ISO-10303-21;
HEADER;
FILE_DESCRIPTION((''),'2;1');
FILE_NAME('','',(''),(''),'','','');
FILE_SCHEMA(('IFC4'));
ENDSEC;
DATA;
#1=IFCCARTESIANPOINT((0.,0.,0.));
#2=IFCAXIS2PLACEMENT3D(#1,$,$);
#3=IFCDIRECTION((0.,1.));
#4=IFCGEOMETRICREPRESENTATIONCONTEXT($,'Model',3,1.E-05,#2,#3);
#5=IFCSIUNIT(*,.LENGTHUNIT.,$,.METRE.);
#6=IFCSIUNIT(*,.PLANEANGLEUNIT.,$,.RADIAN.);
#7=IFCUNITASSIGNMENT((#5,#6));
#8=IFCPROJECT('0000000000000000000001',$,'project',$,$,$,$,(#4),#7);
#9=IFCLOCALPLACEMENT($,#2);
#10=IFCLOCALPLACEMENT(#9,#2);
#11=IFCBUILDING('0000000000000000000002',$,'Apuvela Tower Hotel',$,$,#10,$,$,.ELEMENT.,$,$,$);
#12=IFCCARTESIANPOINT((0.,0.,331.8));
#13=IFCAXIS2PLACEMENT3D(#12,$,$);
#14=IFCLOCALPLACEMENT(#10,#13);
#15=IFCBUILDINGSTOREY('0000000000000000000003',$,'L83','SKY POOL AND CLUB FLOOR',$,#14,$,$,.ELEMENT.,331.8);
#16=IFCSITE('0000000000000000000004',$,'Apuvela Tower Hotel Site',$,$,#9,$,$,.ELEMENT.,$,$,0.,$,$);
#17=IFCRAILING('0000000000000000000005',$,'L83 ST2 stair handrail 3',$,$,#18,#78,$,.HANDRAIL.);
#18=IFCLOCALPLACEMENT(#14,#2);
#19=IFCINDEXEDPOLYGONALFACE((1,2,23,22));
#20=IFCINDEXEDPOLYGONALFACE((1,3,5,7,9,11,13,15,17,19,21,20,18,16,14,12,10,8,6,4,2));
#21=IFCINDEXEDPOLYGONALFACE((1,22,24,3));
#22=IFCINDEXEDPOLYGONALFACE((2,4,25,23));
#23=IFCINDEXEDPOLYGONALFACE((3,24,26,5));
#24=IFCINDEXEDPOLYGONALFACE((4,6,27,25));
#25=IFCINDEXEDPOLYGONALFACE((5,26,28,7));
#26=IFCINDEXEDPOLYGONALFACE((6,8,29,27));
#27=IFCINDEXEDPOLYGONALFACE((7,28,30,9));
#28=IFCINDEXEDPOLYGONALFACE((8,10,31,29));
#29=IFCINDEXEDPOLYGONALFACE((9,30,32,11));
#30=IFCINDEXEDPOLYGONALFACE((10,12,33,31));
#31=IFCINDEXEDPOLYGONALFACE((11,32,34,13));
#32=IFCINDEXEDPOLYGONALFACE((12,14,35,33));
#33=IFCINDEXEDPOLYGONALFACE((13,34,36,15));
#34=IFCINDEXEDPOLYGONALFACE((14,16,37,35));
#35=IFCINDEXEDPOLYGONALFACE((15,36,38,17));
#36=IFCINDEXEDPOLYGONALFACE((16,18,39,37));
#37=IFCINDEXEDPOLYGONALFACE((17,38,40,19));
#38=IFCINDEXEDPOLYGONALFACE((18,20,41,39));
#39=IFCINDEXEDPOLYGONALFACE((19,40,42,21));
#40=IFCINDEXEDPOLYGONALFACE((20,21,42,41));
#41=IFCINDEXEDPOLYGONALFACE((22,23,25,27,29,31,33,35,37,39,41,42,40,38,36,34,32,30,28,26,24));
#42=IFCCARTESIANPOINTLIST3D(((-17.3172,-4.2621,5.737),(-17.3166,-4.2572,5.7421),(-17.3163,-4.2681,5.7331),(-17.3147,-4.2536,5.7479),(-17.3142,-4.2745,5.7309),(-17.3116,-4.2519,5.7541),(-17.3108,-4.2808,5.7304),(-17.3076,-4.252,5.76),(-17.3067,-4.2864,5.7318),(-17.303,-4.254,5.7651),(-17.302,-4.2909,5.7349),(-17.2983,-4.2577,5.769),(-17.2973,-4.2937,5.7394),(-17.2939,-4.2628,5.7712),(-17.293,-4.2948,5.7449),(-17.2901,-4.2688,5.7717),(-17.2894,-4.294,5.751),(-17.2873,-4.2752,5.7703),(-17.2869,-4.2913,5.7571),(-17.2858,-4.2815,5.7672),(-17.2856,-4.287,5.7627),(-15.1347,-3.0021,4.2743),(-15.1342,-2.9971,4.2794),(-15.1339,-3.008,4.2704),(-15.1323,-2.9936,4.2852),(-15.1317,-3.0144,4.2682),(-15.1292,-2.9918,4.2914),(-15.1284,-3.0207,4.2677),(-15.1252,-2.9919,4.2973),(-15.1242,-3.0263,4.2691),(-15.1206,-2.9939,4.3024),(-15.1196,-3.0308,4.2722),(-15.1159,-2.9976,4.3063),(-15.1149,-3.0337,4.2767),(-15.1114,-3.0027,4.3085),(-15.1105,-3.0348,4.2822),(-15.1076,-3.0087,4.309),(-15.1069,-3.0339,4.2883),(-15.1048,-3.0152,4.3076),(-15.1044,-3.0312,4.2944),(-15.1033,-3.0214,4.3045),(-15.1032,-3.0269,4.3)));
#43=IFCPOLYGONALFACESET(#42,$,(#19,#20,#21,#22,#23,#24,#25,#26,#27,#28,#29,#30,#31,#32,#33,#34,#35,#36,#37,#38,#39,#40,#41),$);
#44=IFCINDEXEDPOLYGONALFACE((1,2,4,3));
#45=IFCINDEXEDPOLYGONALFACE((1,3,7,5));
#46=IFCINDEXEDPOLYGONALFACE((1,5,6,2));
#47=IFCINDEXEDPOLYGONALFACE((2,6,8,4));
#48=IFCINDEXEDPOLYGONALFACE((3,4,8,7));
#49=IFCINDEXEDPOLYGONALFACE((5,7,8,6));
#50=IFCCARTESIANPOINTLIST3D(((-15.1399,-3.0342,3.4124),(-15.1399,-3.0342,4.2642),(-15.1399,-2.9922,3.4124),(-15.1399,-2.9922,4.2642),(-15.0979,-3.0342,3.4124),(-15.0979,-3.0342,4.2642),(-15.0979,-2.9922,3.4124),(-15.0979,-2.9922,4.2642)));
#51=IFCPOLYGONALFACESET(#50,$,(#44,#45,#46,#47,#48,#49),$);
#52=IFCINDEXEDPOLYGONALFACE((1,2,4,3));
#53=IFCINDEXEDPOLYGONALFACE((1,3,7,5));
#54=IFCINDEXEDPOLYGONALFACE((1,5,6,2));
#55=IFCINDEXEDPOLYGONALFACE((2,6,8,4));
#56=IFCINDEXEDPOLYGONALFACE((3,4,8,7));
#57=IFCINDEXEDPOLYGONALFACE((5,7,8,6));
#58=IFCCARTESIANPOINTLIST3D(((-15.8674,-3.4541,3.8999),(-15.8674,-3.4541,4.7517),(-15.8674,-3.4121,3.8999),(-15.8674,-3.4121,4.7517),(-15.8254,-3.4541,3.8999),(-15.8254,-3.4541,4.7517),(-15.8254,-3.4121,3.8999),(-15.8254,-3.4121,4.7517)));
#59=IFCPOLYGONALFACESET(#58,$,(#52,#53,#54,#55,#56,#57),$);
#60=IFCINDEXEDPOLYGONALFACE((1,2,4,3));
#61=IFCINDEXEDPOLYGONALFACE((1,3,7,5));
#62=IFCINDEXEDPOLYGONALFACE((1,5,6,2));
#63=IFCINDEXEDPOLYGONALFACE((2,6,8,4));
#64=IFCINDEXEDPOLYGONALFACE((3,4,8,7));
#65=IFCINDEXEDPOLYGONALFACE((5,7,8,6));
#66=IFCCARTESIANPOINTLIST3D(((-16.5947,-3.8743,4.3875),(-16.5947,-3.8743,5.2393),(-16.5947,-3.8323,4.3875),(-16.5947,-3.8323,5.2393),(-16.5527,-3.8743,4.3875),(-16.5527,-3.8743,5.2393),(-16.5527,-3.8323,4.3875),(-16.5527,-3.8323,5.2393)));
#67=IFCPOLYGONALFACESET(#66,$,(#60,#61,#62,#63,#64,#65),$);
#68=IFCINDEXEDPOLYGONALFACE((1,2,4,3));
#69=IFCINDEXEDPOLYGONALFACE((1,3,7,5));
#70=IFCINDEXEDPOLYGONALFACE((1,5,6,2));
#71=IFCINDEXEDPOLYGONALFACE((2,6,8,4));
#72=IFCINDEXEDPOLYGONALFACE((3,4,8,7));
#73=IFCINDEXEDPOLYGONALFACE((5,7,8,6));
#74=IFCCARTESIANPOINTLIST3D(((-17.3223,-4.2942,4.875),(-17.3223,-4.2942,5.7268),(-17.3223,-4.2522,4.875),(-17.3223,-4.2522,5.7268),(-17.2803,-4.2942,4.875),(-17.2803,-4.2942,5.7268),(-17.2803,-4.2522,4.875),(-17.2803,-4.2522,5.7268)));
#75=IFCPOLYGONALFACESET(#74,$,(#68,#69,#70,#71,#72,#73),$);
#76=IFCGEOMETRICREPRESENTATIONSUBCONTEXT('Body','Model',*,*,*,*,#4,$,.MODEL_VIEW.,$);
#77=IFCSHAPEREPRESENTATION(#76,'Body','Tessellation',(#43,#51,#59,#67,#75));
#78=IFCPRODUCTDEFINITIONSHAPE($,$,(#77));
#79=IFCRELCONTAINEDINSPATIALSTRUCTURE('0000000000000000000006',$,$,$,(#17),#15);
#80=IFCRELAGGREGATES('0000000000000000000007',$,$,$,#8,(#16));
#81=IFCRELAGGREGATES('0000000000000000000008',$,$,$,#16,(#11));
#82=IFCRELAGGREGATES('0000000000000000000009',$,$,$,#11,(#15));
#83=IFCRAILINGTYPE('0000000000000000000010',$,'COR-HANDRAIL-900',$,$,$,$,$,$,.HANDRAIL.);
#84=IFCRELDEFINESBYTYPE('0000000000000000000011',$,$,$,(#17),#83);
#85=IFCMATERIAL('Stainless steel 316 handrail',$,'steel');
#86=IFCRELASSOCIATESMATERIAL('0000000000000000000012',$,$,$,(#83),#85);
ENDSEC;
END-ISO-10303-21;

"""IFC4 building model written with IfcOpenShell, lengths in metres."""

from ifc_helpers import new_model, si_unit, direction, frame, origin, origin_2d, place, context, subcontext, project, spatial, rectangle, circle, extrude, material, type_object, element, save


model = new_model("IFC4")

# Units and contexts
model_context = context("Model", 3, precision=1e-05, world=origin(), true_north=direction((0.0, 1.0)))
body_context = subcontext(model_context, "Body", "Model", "MODEL_VIEW")
ifc_project = project(units=[si_unit("LENGTHUNIT", "METRE"), si_unit("PLANEANGLEUNIT", "RADIAN")], contexts=[model_context])

# Site, building, storey
site_placement = place(None, origin())
site = spatial("IfcSite", under=ifc_project, at=site_placement, Name="Apuvela Tower Hotel Site", CompositionType="ELEMENT", RefElevation=0.0)
building_placement = place(site_placement, origin())
building = spatial("IfcBuilding", under=site, at=building_placement, Name="Apuvela Tower Hotel", CompositionType="ELEMENT")
storey_placement = place(building_placement, frame((0.0, 0.0, 331.8)))
storey = spatial("IfcBuildingStorey", under=building, at=storey_placement, Name="L83", Description="SKY POOL AND CLUB FLOOR", CompositionType="ELEMENT", Elevation=331.8)

# Railing
ifc_material_1 = material(Name="Stainless steel 316 handrail", Category="steel")
railing_type_1 = type_object("IfcRailingType", Name="COR-HANDRAIL-900", PredefinedType="HANDRAIL", material=ifc_material_1)
for number, where, name in (
    (1, (-15.1189, -3.0132, 3.4124), "L83 ST2 stair handrail 3"),
):
    element("IfcRailing", number, at=place(storey_placement, frame(where)), inside=storey, type_object=railing_type_1, Name=name, PredefinedType="HANDRAIL", context=body_context, shape_type="SweptSolid", body=[
        extrude(circle(Radius=0.0239, at=origin_2d()), frame((0.0, 0.0, 0.876), z_axis=(-0.749001, -0.432442, 0.501988), x_axis=(0.500005, -0.866023, 0.0)), (0.0, 0.0, 1.0), 2.9138),
        extrude(rectangle(XDim=0.042, YDim=0.042, at=origin_2d()), origin(), (0.0, 0.0, 1.0), 0.8518),
        extrude(rectangle(XDim=0.042, YDim=0.042, at=origin_2d()), frame((-0.7275, -0.4199, 0.4875)), (0.0, 0.0, 1.0), 0.8518),
        extrude(rectangle(XDim=0.042, YDim=0.042, at=origin_2d()), frame((-1.4548, -0.8401, 0.9751)), (0.0, 0.0, 1.0), 0.8518),
        extrude(rectangle(XDim=0.042, YDim=0.042, at=origin_2d()), frame((-2.1824, -1.26, 1.4626)), (0.0, 0.0, 1.0), 0.8518),
    ])

save(model, "model.ifc")
